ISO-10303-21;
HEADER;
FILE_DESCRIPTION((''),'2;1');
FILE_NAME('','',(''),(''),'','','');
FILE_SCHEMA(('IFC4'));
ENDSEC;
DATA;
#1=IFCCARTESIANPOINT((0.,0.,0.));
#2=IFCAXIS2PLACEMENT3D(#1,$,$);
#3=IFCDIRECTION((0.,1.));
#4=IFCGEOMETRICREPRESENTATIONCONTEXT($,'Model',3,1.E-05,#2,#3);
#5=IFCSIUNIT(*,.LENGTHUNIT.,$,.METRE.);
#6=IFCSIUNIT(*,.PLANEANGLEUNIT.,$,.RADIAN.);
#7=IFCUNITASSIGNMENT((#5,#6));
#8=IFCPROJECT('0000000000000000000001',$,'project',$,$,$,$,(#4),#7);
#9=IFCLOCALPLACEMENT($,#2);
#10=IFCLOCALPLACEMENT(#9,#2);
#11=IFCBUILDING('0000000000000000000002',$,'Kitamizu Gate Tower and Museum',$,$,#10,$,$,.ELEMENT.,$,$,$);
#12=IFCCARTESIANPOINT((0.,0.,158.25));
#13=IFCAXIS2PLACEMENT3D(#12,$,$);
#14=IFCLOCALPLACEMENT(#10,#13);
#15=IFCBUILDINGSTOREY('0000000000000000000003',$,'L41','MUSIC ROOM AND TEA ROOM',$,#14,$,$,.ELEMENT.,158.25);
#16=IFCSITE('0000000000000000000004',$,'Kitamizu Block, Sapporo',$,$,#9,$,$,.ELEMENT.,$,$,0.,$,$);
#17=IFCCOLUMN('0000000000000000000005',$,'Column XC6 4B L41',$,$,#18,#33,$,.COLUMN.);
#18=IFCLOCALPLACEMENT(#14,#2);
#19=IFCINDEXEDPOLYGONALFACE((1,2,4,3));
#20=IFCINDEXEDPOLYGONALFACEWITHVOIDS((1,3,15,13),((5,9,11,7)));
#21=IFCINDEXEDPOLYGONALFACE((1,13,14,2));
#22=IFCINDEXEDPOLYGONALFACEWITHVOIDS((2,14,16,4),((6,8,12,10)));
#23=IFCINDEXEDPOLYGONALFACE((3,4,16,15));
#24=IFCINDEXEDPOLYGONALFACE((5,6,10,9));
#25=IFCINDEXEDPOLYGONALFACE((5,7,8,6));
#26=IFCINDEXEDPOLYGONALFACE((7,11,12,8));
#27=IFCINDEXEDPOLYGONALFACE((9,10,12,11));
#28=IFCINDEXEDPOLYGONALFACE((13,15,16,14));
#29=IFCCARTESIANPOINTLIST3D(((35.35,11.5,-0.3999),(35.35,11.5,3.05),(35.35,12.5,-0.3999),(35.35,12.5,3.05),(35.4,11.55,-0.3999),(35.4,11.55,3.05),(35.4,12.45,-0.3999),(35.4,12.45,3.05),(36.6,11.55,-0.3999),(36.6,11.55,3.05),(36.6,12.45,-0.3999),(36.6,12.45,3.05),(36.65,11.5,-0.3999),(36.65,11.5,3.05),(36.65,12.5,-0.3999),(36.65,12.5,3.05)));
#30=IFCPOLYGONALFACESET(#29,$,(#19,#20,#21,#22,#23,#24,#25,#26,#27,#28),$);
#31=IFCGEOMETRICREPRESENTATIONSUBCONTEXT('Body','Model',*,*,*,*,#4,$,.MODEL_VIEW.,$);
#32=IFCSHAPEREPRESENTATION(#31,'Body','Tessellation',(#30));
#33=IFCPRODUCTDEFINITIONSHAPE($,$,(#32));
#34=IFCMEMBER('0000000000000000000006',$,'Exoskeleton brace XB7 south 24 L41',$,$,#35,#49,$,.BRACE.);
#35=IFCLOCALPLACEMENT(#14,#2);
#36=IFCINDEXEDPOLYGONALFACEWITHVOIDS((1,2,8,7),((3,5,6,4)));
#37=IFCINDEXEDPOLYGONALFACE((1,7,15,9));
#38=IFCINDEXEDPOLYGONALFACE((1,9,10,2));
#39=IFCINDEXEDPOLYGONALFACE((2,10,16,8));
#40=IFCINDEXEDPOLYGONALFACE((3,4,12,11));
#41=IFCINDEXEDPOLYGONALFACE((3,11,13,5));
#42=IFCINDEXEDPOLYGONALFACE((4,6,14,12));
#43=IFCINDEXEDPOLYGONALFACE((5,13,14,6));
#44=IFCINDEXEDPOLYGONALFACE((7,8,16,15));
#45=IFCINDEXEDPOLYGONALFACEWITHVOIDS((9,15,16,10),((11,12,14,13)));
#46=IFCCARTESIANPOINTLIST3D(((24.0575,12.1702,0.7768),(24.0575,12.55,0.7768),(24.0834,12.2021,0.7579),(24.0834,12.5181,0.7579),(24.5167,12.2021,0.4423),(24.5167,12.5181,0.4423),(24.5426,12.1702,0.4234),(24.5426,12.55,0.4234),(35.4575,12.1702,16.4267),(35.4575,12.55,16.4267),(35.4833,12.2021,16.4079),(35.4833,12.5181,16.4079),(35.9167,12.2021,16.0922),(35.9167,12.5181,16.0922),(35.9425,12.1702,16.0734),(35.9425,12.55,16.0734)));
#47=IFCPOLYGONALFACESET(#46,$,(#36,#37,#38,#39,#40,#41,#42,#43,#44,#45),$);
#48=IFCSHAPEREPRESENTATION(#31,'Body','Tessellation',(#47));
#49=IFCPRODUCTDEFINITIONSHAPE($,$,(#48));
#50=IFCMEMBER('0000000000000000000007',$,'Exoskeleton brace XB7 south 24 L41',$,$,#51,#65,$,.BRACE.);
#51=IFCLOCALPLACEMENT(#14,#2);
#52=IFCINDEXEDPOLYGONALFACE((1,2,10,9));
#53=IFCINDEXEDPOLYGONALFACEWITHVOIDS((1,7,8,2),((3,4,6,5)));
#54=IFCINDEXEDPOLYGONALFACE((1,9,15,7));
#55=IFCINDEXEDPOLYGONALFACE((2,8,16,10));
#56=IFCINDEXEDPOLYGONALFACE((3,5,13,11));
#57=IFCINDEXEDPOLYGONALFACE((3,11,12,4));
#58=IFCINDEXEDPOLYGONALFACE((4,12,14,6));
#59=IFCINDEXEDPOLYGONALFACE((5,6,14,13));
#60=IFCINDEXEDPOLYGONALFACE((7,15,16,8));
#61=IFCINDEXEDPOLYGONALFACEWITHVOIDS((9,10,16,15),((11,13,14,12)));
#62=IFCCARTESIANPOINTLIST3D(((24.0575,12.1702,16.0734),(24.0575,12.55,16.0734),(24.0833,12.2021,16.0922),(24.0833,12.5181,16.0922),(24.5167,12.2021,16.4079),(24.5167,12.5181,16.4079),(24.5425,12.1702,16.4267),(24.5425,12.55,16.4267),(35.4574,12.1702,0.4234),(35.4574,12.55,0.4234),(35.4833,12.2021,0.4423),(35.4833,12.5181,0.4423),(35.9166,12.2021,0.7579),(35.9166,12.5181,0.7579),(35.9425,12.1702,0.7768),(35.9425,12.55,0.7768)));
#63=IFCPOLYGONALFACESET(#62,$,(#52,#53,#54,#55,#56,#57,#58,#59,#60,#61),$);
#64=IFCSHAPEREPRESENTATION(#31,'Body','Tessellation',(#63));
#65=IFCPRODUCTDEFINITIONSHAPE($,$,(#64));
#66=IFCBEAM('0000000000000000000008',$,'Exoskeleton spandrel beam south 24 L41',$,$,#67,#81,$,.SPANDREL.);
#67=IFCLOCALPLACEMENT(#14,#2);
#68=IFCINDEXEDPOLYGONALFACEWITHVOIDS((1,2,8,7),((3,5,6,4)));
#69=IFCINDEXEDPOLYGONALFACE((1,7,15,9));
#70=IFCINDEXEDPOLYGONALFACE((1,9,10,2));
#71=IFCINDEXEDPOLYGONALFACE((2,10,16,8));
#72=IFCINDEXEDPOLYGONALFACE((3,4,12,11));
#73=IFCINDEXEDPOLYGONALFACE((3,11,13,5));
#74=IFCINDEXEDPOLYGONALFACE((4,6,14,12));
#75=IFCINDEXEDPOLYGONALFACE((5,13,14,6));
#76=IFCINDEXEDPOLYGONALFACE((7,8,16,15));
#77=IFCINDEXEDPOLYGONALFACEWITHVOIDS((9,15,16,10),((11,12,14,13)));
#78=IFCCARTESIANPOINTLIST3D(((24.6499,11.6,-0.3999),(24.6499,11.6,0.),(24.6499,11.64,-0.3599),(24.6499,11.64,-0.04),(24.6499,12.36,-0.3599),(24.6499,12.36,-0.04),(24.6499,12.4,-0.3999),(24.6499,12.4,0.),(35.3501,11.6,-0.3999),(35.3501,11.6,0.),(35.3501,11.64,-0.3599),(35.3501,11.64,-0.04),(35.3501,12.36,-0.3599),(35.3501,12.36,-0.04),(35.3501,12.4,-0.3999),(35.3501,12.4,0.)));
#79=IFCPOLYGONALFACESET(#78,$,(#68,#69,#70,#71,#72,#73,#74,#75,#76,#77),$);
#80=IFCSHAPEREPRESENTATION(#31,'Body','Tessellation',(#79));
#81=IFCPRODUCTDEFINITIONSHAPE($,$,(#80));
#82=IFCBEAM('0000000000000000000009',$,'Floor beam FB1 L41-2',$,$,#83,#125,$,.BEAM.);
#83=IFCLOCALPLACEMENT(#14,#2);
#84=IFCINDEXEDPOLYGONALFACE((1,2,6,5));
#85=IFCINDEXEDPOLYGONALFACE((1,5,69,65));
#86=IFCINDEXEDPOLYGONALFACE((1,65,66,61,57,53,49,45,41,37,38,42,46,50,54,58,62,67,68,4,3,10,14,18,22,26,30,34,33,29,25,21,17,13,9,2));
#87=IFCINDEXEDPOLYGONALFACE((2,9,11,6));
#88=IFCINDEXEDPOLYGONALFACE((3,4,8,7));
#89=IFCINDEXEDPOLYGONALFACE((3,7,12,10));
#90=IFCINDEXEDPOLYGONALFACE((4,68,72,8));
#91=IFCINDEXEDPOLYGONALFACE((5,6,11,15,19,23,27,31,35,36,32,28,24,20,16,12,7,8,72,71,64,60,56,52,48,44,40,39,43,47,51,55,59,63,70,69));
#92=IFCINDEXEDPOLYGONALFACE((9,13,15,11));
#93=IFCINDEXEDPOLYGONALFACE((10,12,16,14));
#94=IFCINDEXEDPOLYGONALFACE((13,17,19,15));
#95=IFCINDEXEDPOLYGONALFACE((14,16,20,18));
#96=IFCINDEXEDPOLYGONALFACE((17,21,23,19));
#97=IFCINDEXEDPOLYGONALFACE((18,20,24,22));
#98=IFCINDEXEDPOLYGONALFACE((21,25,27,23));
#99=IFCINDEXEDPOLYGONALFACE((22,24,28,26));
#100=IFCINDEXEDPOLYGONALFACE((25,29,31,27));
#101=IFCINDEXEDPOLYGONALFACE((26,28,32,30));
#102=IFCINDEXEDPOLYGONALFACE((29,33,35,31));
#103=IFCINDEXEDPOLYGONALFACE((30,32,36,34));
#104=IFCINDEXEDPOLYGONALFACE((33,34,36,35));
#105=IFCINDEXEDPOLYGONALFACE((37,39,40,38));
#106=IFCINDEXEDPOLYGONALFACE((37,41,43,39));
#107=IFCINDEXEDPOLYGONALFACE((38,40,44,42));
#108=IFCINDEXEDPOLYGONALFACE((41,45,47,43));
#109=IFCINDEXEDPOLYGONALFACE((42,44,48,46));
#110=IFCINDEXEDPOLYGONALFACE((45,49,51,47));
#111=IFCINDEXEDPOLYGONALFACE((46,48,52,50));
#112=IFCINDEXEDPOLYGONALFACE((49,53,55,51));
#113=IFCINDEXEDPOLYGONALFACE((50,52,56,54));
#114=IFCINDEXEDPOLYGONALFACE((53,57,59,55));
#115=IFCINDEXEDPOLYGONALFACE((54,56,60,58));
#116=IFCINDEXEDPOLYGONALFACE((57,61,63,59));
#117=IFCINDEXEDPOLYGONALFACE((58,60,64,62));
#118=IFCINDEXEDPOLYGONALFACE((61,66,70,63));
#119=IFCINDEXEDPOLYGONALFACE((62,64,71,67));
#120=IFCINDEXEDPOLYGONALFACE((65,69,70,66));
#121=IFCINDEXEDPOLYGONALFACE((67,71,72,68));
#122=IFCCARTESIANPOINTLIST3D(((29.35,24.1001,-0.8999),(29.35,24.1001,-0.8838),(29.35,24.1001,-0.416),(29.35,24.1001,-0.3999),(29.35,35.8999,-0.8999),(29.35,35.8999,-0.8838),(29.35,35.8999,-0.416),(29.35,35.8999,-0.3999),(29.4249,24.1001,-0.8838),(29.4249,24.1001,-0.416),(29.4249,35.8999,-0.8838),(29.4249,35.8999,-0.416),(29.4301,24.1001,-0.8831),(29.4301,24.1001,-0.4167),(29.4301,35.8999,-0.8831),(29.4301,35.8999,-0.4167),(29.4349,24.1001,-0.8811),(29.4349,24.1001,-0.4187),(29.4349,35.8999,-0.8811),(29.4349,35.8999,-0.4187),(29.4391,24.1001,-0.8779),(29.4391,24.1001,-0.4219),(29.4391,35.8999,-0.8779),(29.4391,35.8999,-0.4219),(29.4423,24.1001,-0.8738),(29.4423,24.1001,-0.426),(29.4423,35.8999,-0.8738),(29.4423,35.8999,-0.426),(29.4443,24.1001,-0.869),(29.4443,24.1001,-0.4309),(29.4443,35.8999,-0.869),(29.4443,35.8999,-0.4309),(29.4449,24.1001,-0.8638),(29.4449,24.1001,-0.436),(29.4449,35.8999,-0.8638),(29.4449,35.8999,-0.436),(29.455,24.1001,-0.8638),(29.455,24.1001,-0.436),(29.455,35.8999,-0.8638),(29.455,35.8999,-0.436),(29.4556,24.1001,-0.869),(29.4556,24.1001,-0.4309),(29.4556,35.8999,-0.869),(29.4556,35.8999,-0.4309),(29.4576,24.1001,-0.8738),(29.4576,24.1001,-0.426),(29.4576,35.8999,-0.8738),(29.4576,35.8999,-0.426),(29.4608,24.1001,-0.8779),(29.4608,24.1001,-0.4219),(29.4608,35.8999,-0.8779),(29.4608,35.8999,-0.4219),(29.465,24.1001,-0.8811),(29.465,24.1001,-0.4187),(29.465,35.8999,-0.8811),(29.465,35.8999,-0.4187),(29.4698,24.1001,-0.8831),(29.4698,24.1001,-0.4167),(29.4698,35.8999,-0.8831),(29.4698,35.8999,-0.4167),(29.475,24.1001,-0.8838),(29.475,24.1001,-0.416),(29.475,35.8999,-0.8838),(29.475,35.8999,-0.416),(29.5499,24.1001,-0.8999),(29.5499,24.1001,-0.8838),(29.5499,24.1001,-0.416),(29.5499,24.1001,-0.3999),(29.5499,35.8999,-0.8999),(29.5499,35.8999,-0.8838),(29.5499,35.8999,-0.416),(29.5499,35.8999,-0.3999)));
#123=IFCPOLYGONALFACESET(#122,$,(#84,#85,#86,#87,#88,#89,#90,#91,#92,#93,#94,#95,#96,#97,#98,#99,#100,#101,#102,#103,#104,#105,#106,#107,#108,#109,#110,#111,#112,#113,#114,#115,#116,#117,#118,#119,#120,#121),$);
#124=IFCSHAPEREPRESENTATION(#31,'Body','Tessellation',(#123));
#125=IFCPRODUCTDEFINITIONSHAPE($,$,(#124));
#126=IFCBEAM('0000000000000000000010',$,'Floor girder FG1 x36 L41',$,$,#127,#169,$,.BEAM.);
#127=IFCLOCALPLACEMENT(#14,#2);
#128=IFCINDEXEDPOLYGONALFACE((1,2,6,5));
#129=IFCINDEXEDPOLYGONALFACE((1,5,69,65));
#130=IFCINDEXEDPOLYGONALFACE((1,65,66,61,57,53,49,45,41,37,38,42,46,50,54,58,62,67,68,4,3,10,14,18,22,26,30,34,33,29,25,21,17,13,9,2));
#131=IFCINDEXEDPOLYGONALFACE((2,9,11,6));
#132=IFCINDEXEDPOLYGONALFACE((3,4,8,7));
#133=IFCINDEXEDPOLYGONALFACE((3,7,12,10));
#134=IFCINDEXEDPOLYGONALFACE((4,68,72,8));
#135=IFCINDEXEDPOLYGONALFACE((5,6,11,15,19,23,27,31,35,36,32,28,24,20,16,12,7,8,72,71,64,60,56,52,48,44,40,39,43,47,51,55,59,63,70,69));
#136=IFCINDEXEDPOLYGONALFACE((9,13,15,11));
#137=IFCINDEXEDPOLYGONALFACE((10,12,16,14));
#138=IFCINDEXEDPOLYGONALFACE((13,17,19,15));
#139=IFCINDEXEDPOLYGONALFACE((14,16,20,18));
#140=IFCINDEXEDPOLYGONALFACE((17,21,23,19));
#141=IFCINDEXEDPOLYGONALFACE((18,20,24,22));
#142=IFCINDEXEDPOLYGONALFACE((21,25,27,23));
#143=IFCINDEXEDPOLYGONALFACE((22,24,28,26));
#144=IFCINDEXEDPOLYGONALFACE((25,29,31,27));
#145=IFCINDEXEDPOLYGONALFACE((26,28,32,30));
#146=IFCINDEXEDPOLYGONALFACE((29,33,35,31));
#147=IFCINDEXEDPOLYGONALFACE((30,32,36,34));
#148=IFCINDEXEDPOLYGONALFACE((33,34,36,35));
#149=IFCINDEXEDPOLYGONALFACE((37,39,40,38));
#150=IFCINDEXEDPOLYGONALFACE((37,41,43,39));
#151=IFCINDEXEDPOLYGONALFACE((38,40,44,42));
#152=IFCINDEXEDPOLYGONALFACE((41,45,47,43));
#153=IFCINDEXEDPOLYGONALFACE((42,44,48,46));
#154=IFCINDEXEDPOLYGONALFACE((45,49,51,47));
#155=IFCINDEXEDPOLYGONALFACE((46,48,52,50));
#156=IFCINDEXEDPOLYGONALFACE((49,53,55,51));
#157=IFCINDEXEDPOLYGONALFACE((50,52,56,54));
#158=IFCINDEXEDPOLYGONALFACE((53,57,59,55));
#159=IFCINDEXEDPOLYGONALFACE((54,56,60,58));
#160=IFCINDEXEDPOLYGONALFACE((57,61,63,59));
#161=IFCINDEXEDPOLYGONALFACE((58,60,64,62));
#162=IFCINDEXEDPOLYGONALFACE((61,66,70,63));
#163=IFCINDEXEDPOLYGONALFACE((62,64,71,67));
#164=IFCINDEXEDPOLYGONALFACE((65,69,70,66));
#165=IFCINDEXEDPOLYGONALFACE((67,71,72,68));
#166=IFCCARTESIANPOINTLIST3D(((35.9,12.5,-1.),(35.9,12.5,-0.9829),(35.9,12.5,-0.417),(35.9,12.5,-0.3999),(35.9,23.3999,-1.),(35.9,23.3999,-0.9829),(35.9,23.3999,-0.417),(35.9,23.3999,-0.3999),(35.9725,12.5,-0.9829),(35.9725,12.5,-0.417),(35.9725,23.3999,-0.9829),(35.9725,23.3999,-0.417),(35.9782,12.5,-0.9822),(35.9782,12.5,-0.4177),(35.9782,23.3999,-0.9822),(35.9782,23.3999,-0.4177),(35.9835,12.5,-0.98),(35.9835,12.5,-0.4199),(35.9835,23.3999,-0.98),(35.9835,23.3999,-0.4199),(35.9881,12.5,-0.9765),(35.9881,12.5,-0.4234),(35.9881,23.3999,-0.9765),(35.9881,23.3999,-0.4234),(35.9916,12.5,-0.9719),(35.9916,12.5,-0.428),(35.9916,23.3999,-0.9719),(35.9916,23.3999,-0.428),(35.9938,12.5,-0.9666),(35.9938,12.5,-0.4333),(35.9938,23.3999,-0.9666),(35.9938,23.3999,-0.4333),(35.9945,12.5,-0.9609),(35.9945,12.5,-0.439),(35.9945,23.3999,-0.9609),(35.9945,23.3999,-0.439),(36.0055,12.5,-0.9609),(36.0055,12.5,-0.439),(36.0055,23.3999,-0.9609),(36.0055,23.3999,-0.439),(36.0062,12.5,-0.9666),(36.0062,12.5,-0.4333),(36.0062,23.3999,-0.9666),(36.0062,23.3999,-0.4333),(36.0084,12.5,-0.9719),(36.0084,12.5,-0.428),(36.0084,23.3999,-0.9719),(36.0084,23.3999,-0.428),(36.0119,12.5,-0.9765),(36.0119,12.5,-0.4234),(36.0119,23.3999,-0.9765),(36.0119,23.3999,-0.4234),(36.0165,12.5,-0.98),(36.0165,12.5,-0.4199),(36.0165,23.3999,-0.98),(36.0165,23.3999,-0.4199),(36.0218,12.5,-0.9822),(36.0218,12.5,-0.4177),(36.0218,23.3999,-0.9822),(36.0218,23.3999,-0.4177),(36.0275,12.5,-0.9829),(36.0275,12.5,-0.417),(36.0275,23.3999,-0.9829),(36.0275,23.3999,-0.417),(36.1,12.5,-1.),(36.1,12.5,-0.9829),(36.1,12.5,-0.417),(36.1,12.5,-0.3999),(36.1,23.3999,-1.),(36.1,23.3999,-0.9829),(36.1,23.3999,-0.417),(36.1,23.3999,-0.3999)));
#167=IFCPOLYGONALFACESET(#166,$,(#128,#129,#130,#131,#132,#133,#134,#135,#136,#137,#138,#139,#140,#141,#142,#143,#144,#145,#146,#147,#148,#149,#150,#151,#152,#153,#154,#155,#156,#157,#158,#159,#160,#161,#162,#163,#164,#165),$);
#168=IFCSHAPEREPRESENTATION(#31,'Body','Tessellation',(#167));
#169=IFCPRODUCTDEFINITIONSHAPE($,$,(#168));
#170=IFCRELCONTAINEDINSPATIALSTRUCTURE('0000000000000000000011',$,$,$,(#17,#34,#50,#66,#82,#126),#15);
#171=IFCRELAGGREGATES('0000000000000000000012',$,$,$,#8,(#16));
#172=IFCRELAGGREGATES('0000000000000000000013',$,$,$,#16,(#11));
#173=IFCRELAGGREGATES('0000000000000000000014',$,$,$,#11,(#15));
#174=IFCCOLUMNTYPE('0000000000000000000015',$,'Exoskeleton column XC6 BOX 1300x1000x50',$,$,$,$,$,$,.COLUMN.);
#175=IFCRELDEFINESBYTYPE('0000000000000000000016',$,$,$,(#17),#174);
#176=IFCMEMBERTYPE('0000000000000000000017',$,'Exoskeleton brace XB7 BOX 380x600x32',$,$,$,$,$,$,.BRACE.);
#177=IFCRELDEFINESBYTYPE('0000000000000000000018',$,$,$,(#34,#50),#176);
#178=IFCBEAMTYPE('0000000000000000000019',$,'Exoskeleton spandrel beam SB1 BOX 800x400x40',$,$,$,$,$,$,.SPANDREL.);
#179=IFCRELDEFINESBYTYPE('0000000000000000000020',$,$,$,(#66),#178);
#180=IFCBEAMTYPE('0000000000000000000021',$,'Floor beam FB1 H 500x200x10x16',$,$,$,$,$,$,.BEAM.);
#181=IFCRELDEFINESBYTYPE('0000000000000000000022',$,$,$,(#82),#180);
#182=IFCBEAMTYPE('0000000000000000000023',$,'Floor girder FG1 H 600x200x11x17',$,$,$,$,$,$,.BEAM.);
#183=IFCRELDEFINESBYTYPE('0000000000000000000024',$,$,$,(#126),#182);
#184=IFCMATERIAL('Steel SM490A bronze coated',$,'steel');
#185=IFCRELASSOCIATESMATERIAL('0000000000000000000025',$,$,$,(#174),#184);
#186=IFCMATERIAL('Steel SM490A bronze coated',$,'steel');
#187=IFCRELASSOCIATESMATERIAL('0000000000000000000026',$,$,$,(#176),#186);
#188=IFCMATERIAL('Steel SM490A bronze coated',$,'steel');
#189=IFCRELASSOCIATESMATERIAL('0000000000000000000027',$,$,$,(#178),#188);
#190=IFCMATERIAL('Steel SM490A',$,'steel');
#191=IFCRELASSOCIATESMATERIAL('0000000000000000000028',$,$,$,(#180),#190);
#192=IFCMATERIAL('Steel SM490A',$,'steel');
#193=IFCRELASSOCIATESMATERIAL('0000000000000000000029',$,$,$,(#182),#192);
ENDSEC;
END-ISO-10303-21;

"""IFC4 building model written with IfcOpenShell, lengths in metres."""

from ifc_helpers import new_model, si_unit, direction, frame, origin, origin_2d, place, context, subcontext, project, spatial, hollow_rectangle, i_section, extrude, material, material_profile, profile_set, type_object, element, save


model = new_model("IFC4")

# Units and contexts
model_context = context("Model", 3, precision=1e-05, world=origin(), true_north=direction((0.0, 1.0)))
body_context = subcontext(model_context, "Body", "Model", "MODEL_VIEW")
ifc_project = project(units=[si_unit("LENGTHUNIT", "METRE"), si_unit("PLANEANGLEUNIT", "RADIAN")], contexts=[model_context])

# Site, building, storey
site_placement = place(None, origin())
site = spatial("IfcSite", under=ifc_project, at=site_placement, Name="Kitamizu Block, Sapporo", CompositionType="ELEMENT", RefElevation=0.0)
building_placement = place(site_placement, origin())
building = spatial("IfcBuilding", under=site, at=building_placement, Name="Kitamizu Gate Tower and Museum", CompositionType="ELEMENT")
storey_placement = place(building_placement, frame((0.0, 0.0, 158.25)))
storey = spatial("IfcBuildingStorey", under=building, at=storey_placement, Name="L41", Description="MUSIC ROOM AND TEA ROOM", CompositionType="ELEMENT", Elevation=158.25)

# Column
ifc_material_1 = material(Name="Steel SM490A bronze coated", Category="steel")
ifc_material_profile_1 = material_profile(ifc_material_1, hollow_rectangle(XDim=1.3, YDim=1.0, WallThickness=0.05, at=origin_2d()), Name="BOX 1300x1000x50")
ifc_profile_set_1 = profile_set([ifc_material_profile_1], Name="Steel SM490A bronze coated")
column_type = type_object("IfcColumnType", Name="Exoskeleton column XC6 BOX 1300x1000x50", PredefinedType="COLUMN", material=ifc_profile_set_1)
column_placement = place(storey_placement, frame((36.0, 12.0, -0.3999), z_axis=(0.0, 0.0, 1.0), x_axis=(1.0, 0.0, 0.0)))
element("IfcColumn", 1, at=column_placement, inside=storey, type_object=column_type, Name="Column XC6 4B L41", PredefinedType="COLUMN", context=body_context, shape_type="SweptSolid", body=[
    extrude(hollow_rectangle(XDim=1.3, YDim=1.0, WallThickness=0.05, at=origin_2d()), origin(), (0.0, 0.0, 1.0), 3.45),
])

# Members
ifc_material_2 = material(Name="Steel SM490A bronze coated", Category="steel")
ifc_material_profile_2 = material_profile(ifc_material_2, hollow_rectangle(XDim=0.3799, YDim=0.6001, WallThickness=0.032, at=origin_2d()), Name="BOX 380x600x32")
ifc_profile_set_2 = profile_set([ifc_material_profile_2], Name="Steel SM490A bronze coated")
member_type = type_object("IfcMemberType", Name="Exoskeleton brace XB7 BOX 380x600x32", PredefinedType="BRACE", material=ifc_profile_set_2)
for number, where, z_axis, x_axis, name in (
    (2, (24.3, 12.3601, 0.6001), (0.588785, 0.0, 0.80829), (0.0, 1.0, 0.0), "Exoskeleton brace XB7 south 24 L41"),
    (3, (35.7, 12.3601, 0.6001), (-0.588785, 0.0, 0.80829), (0.0, -1.0, 0.0), "Exoskeleton brace XB7 south 24 L41"),
):
    element("IfcMember", number, at=place(storey_placement, frame(where, z_axis=z_axis, x_axis=x_axis)), inside=storey, type_object=member_type, Name=name, PredefinedType="BRACE", context=body_context, shape_type="SweptSolid", body=[
        extrude(hollow_rectangle(XDim=0.3799, YDim=0.6001, WallThickness=0.032, at=origin_2d()), origin(), (0.0, 0.0, 1.0), 19.3618),
    ])

# Beams
ifc_material_3 = material(Name="Steel SM490A bronze coated", Category="steel")
ifc_material_profile_3 = material_profile(ifc_material_3, hollow_rectangle(XDim=0.8, YDim=0.3999, WallThickness=0.04, at=origin_2d()), Name="BOX 800x400x40")
ifc_profile_set_3 = profile_set([ifc_material_profile_3], Name="Steel SM490A bronze coated")
beam_type_1 = type_object("IfcBeamType", Name="Exoskeleton spandrel beam SB1 BOX 800x400x40", PredefinedType="SPANDREL", material=ifc_profile_set_3)
beam_1_placement = place(storey_placement, frame((24.6499, 12.0, -0.2), z_axis=(1.0, 0.0, 0.0), x_axis=(0.0, 1.0, 0.0)))
element("IfcBeam", 4, at=beam_1_placement, inside=storey, type_object=beam_type_1, Name="Exoskeleton spandrel beam south 24 L41", PredefinedType="SPANDREL", context=body_context, shape_type="SweptSolid", body=[
    extrude(hollow_rectangle(XDim=0.8, YDim=0.3999, WallThickness=0.04, at=origin_2d()), origin(), (0.0, 0.0, 1.0), 10.7002),
])
ifc_material_4 = material(Name="Steel SM490A", Category="steel")
ifc_material_profile_4 = material_profile(ifc_material_4, i_section(OverallWidth=0.2, OverallDepth=0.5, WebThickness=0.01, FlangeThickness=0.0161, FilletRadius=0.02, at=origin_2d()), Name="H-500x200x10x16")
ifc_profile_set_4 = profile_set([ifc_material_profile_4], Name="Steel SM490A")
beam_type_2 = type_object("IfcBeamType", Name="Floor beam FB1 H 500x200x10x16", PredefinedType="BEAM", material=ifc_profile_set_4)
beam_2_placement = place(storey_placement, frame((29.45, 24.1001, -0.6499), z_axis=(0.0, 1.0, 0.0), x_axis=(-1.0, 0.0, 0.0)))
element("IfcBeam", 5, at=beam_2_placement, inside=storey, type_object=beam_type_2, Name="Floor beam FB1 L41-2", PredefinedType="BEAM", context=body_context, shape_type="SweptSolid", body=[
    extrude(i_section(OverallWidth=0.2, OverallDepth=0.5, WebThickness=0.01, FlangeThickness=0.0161, FilletRadius=0.02, at=origin_2d()), origin(), (0.0, 0.0, 1.0), 11.7998),
])
ifc_material_5 = material(Name="Steel SM490A", Category="steel")
ifc_material_profile_5 = material_profile(ifc_material_5, i_section(OverallWidth=0.2, OverallDepth=0.6001, WebThickness=0.011, FlangeThickness=0.0171, FilletRadius=0.022, at=origin_2d()), Name="H-600x200x11x17")
ifc_profile_set_5 = profile_set([ifc_material_profile_5], Name="Steel SM490A")
beam_type_3 = type_object("IfcBeamType", Name="Floor girder FG1 H 600x200x11x17", PredefinedType="BEAM", material=ifc_profile_set_5)
beam_3_placement = place(storey_placement, frame((36.0, 12.5, -0.7), z_axis=(0.0, 1.0, 0.0), x_axis=(-1.0, 0.0, 0.0)))
element("IfcBeam", 6, at=beam_3_placement, inside=storey, type_object=beam_type_3, Name="Floor girder FG1 x36 L41", PredefinedType="BEAM", context=body_context, shape_type="SweptSolid", body=[
    extrude(i_section(OverallWidth=0.2, OverallDepth=0.6001, WebThickness=0.011, FlangeThickness=0.0171, FilletRadius=0.022, at=origin_2d()), origin(), (0.0, 0.0, 1.0), 10.8999),
])

save(model, "model.ifc")
